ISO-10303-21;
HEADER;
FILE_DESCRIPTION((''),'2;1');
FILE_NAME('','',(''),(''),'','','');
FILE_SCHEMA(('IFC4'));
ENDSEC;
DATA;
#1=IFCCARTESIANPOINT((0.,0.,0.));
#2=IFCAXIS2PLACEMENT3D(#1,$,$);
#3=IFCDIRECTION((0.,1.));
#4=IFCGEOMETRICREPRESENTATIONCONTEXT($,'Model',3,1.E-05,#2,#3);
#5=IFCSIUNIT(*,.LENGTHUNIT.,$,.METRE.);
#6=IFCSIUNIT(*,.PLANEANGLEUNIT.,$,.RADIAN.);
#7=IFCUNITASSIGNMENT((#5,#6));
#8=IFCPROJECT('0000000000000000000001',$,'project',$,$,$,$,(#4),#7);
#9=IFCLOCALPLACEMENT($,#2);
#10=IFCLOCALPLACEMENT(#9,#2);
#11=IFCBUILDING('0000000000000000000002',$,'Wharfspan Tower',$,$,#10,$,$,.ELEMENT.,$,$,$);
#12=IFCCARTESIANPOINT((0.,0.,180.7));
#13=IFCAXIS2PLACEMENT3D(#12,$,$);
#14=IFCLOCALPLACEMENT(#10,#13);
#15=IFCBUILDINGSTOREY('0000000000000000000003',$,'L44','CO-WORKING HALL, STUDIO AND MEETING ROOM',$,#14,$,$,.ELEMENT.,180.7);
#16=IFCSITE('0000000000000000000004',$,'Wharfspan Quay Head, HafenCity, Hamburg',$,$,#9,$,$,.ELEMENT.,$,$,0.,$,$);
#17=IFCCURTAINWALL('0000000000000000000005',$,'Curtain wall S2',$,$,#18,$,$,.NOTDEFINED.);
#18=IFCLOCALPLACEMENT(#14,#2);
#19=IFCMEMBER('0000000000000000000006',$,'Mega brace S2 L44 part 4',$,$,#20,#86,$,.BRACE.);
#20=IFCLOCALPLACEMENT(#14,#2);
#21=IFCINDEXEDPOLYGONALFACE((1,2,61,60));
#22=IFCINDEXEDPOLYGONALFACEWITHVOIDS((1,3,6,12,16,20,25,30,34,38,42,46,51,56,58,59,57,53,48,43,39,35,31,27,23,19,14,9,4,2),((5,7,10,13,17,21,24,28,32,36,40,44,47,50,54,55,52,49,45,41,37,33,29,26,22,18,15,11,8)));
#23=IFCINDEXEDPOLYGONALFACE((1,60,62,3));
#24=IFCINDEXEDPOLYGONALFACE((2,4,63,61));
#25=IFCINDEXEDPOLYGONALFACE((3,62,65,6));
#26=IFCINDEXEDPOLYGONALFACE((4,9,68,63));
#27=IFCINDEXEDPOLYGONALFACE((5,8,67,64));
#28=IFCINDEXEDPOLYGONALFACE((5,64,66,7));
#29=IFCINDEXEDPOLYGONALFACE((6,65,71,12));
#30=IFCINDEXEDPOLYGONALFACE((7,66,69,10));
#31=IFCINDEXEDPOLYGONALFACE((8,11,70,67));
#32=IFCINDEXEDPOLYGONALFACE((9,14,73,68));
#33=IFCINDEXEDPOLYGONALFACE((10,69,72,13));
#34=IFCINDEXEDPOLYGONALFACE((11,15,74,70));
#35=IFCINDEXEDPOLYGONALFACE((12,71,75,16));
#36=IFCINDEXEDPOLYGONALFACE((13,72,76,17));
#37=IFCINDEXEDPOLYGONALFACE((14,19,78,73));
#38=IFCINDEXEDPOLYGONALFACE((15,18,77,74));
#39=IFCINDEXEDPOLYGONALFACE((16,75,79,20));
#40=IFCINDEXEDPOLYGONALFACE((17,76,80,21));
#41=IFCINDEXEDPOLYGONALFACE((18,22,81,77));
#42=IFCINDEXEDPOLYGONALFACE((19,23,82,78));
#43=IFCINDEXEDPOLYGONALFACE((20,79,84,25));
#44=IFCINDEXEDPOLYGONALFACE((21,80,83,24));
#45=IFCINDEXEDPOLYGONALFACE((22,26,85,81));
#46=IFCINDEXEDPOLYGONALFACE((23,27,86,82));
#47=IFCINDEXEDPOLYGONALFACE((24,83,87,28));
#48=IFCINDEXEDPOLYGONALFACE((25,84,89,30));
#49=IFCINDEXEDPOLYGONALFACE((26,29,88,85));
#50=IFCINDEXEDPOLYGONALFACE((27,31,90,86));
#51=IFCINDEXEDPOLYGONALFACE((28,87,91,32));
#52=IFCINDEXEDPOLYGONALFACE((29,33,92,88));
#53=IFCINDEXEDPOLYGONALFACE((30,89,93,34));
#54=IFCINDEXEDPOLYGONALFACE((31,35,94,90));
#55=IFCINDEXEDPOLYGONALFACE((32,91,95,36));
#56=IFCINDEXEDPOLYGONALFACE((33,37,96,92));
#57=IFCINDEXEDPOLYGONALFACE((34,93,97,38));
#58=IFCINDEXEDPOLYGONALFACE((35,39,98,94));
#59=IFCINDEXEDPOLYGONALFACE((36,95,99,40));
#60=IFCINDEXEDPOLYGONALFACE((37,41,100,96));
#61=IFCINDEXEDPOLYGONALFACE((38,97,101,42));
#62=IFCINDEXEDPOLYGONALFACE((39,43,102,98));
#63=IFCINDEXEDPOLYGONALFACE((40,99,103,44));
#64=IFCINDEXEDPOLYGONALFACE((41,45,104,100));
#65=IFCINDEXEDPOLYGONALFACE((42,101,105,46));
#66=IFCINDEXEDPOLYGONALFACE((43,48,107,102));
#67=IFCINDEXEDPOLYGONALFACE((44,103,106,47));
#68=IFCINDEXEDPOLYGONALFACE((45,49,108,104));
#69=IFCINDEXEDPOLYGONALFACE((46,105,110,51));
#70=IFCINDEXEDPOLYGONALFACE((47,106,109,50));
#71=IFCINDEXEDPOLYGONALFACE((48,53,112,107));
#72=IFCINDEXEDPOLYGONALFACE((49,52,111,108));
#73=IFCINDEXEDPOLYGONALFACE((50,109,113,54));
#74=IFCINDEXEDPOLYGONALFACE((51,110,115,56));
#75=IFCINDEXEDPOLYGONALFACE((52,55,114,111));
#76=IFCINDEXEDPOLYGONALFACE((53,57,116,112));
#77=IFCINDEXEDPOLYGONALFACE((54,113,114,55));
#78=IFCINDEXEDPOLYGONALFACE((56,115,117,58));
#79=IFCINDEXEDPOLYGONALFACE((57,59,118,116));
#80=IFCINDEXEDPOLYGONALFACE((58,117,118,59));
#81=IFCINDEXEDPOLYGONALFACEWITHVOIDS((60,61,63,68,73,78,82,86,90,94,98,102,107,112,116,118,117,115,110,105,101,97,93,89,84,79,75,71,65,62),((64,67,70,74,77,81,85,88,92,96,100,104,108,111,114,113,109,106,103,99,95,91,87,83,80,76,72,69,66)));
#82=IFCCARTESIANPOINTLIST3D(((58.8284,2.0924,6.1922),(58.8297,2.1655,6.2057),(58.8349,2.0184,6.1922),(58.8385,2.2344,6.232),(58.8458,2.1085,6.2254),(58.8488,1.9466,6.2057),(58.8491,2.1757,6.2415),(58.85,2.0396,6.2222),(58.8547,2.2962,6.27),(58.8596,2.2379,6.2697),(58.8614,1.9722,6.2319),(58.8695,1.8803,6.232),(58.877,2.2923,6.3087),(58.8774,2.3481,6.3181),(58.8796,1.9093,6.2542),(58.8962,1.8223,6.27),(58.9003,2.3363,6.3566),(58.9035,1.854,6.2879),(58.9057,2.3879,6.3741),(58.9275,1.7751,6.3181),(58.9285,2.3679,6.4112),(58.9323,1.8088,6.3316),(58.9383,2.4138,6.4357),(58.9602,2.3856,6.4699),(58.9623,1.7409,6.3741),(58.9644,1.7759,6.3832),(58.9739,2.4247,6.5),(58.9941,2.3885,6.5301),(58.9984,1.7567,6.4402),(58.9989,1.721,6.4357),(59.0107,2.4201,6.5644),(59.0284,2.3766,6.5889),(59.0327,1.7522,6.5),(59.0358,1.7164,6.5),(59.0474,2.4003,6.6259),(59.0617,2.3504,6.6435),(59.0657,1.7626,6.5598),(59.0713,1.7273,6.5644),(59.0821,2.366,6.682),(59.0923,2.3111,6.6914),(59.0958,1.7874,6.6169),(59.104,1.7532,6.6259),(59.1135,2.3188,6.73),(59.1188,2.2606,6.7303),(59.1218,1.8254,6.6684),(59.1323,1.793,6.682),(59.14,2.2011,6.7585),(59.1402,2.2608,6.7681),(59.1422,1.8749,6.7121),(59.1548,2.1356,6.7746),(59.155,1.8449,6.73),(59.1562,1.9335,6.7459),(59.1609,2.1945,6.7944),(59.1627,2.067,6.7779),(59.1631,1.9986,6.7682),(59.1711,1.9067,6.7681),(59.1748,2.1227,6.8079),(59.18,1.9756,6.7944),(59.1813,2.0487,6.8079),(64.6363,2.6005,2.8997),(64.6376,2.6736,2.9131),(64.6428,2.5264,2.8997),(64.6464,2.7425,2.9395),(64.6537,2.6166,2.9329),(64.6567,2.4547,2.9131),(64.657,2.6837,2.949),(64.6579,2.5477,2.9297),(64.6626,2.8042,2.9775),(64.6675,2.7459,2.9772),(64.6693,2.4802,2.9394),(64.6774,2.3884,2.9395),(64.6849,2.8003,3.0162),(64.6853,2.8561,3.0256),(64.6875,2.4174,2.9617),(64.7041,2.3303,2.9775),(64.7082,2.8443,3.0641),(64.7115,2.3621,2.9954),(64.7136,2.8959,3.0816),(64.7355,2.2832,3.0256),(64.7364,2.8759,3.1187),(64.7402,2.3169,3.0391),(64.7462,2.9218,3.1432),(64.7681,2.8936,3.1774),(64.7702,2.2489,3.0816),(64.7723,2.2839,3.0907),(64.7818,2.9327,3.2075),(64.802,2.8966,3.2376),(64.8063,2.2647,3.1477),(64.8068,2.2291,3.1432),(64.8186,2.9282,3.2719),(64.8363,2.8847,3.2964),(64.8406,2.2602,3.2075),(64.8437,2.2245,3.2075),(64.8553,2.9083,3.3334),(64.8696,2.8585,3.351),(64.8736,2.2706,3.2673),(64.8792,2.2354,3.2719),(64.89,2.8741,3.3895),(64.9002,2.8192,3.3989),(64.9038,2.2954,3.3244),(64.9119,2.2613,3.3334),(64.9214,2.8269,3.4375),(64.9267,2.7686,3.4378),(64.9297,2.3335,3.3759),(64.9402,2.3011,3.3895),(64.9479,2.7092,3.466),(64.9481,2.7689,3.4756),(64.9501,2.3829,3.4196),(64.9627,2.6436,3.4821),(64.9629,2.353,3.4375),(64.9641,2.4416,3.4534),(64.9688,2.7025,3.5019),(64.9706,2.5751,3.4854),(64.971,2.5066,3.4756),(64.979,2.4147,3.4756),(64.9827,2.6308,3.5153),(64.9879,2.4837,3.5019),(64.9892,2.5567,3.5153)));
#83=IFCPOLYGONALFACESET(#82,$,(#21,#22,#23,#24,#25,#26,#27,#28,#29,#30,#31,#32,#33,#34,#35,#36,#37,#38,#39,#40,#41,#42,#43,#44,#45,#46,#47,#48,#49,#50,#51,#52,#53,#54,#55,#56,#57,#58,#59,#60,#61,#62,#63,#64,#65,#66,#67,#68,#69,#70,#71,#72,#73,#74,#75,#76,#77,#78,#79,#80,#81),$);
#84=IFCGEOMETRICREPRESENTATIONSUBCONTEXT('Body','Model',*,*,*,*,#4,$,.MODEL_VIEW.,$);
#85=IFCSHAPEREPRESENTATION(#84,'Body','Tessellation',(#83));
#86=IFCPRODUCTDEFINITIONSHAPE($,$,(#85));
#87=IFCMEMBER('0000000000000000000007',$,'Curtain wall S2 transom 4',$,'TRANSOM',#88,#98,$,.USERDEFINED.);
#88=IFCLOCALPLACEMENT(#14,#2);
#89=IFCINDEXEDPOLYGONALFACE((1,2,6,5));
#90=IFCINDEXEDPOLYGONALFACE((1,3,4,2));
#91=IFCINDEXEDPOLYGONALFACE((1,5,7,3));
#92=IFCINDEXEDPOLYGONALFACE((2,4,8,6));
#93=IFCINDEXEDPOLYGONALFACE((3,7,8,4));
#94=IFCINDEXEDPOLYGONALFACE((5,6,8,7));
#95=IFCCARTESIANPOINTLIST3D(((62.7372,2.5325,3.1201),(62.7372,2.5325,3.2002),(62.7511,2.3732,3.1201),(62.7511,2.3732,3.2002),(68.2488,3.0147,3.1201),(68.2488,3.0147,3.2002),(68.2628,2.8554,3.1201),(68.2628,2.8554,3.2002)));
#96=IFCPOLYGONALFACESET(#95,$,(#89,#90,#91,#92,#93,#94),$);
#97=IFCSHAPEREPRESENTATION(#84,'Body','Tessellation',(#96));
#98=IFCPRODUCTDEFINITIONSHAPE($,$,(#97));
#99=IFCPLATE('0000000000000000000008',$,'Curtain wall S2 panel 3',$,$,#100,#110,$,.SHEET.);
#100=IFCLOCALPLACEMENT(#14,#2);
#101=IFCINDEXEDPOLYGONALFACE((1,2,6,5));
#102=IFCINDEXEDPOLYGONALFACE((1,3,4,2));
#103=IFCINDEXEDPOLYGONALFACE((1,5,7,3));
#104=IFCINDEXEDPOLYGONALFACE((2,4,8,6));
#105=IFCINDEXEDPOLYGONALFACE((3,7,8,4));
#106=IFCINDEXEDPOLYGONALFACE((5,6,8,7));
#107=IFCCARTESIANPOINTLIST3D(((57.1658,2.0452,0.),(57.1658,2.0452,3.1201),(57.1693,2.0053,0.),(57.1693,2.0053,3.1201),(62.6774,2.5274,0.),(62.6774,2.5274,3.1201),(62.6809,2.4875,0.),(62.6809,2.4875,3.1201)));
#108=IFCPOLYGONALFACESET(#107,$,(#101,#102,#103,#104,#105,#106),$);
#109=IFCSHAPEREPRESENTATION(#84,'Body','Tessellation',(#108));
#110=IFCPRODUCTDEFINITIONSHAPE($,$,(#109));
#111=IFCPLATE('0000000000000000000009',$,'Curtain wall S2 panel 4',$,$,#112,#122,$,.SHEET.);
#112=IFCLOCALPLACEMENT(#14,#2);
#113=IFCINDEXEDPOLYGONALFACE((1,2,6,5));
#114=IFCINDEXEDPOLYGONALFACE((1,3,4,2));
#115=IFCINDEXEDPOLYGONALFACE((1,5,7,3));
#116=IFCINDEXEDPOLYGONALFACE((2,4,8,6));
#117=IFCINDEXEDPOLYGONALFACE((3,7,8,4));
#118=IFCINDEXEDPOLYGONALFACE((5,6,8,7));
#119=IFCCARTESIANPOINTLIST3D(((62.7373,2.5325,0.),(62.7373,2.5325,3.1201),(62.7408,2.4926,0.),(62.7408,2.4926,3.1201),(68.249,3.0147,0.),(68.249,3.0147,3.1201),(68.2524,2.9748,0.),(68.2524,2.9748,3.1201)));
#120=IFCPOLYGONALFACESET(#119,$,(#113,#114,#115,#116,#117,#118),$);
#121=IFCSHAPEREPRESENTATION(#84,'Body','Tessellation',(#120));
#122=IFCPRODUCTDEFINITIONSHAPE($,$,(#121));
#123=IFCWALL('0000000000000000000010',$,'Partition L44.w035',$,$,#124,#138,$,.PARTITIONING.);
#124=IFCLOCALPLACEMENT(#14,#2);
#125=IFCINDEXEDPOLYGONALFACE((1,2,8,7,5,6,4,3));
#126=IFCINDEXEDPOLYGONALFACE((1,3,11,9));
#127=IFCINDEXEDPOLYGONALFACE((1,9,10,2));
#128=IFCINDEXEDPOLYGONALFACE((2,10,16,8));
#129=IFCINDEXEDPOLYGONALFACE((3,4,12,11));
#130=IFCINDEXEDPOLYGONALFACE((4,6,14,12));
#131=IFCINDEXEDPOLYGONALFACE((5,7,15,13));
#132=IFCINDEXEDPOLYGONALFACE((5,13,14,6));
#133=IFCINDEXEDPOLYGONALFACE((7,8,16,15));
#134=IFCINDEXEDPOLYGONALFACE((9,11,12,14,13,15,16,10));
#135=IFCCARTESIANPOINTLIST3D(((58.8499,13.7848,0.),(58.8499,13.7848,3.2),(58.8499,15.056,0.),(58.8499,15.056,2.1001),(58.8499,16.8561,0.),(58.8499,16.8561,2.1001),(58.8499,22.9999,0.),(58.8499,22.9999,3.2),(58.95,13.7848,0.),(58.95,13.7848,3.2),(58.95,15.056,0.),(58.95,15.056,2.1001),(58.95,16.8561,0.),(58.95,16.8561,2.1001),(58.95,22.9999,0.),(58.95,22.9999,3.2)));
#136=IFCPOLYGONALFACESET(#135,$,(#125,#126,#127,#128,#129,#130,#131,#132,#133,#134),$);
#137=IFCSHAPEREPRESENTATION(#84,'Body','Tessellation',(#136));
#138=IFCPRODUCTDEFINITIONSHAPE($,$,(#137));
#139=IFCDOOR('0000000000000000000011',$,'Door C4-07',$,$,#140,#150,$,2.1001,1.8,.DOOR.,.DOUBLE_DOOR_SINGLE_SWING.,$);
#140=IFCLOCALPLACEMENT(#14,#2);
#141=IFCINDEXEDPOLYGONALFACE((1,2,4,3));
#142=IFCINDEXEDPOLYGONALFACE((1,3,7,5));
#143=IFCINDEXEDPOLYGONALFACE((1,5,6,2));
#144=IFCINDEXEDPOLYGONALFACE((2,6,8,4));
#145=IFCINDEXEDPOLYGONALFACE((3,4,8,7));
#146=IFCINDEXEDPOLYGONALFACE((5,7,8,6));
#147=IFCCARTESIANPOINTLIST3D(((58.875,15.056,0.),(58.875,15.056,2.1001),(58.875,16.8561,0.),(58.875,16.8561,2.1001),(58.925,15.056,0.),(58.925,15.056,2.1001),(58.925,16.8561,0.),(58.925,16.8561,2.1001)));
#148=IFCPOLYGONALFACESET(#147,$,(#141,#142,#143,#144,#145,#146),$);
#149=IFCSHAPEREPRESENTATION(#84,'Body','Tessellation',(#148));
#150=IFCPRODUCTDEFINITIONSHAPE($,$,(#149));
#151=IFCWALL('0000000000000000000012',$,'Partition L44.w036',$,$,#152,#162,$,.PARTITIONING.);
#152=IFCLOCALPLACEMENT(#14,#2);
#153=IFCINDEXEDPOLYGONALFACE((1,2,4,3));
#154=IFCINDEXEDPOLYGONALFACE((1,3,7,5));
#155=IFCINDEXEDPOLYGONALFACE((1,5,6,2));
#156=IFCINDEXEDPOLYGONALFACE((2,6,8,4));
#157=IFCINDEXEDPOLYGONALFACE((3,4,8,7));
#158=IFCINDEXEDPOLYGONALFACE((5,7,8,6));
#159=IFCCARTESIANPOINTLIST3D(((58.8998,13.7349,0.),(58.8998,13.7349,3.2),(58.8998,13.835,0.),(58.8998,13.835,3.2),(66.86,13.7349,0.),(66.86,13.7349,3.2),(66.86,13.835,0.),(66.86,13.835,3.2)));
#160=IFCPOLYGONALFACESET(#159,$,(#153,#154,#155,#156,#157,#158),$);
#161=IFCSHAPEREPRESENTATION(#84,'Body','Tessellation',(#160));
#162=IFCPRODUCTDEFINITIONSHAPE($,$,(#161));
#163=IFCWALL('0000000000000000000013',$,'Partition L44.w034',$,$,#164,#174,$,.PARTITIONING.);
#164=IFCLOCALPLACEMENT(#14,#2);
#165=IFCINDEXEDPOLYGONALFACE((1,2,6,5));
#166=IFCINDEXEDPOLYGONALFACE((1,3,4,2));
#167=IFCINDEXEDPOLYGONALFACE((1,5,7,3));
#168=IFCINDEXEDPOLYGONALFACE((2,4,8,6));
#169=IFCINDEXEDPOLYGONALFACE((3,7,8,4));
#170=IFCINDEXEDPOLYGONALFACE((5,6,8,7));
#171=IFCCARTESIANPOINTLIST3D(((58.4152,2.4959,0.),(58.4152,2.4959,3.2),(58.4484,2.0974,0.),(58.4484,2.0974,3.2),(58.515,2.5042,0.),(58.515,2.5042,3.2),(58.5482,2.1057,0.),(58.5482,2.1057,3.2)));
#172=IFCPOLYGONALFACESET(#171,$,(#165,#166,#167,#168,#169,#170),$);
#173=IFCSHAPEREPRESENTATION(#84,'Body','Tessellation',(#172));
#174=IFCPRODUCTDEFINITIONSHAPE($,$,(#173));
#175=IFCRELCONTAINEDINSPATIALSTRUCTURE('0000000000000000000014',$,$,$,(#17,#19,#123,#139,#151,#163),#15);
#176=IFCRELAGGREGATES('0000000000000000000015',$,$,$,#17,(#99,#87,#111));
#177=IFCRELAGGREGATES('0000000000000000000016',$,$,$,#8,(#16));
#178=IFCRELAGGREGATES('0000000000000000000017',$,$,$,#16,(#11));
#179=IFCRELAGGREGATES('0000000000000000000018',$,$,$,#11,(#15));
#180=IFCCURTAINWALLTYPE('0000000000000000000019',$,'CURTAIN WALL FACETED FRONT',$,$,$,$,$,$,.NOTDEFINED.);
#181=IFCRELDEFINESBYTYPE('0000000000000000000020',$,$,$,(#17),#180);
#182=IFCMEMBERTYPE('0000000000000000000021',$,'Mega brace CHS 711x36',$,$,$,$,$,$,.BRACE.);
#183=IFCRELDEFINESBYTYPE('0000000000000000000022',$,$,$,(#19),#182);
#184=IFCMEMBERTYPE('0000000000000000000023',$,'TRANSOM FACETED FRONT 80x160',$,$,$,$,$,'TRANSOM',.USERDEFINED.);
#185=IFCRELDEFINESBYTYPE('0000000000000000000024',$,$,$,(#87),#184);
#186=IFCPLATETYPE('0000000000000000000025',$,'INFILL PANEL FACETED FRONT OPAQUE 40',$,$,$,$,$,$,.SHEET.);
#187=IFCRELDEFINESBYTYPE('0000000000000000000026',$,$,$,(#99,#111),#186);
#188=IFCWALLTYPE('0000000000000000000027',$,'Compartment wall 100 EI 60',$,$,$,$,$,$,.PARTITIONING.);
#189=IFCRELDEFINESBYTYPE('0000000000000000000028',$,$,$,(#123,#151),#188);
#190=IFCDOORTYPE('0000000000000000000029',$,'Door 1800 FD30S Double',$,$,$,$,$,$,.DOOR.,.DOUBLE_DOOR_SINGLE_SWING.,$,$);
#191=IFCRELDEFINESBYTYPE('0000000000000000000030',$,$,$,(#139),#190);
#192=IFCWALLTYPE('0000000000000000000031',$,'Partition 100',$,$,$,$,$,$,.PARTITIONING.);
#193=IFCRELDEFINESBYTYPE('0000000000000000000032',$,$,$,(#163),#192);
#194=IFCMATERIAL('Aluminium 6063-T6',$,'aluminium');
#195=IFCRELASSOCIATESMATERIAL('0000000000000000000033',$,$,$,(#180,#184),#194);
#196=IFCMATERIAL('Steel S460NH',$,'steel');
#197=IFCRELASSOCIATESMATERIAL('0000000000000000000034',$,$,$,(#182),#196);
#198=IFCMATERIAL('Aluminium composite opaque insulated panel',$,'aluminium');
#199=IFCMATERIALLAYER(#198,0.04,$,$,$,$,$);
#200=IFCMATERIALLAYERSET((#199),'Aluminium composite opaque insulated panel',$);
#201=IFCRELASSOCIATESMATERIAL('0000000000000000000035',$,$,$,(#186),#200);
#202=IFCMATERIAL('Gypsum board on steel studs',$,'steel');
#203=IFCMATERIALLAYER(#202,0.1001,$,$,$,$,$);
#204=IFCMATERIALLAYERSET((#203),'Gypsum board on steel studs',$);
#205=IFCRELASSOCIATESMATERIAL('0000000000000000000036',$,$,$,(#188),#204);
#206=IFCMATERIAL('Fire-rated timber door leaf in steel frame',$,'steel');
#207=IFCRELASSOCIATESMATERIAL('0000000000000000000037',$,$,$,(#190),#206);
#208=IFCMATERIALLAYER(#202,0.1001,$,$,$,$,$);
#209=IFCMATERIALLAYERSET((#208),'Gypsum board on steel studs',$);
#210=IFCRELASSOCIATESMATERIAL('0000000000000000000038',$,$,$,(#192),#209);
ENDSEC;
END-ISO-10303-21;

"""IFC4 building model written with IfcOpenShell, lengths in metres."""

from ifc_helpers import new_model, si_unit, direction, frame, frame_2d, origin, origin_2d, place, context, subcontext, project, spatial, rectangle, hollow_circle, extrude, material, layer, layer_set, material_profile, profile_set, type_object, element, fill, aggregate, save


model = new_model("IFC4")

# Units and contexts
model_context = context("Model", 3, precision=1e-05, world=origin(), true_north=direction((0.0, 1.0)))
body_context = subcontext(model_context, "Body", "Model", "MODEL_VIEW")
ifc_project = project(units=[si_unit("LENGTHUNIT", "METRE"), si_unit("PLANEANGLEUNIT", "RADIAN")], contexts=[model_context])

# Site, building, storey
site_placement = place(None, origin())
site = spatial("IfcSite", under=ifc_project, at=site_placement, Name="Wharfspan Quay Head, HafenCity, Hamburg", CompositionType="ELEMENT", RefElevation=0.0)
building_placement = place(site_placement, origin())
building = spatial("IfcBuilding", under=site, at=building_placement, Name="Wharfspan Tower", CompositionType="ELEMENT")
storey_placement = place(building_placement, frame((0.0, 0.0, 180.7)))
storey = spatial("IfcBuildingStorey", under=building, at=storey_placement, Name="L44", Description="CO-WORKING HALL, STUDIO AND MEETING ROOM", CompositionType="ELEMENT", Elevation=180.7)

# Curtain wall
ifc_material_1 = material(Name="Aluminium 6063-T6", Category="aluminium")
curtain_wall_type = type_object("IfcCurtainWallType", Name="CURTAIN WALL FACETED FRONT", PredefinedType="NOTDEFINED", material=ifc_material_1)
curtain_wall_placement = place(storey_placement, origin())
curtain_wall = element("IfcCurtainWall", 1, at=curtain_wall_placement, inside=storey, type_object=curtain_wall_type, Name="Curtain wall S2", PredefinedType="NOTDEFINED")

# Members
ifc_material_2 = material(Name="Steel S460NH", Category="steel")
ifc_material_profile_1 = material_profile(ifc_material_2, hollow_circle(Radius=0.3555, WallThickness=0.0359, at=origin_2d()))
ifc_profile_set_1 = profile_set([ifc_material_profile_1], Name="Steel S460NH")
member_type_1 = type_object("IfcMemberType", Name="Mega brace CHS 711x36", PredefinedType="BRACE", material=ifc_profile_set_1)
member_1_placement = place(storey_placement, frame((64.8127, 2.5786, 3.2075), z_axis=(-0.867427, -0.07588, 0.491745), x_axis=(0.087145, -0.996197, 0.000001)))
element("IfcMember", 2, at=member_1_placement, inside=storey, type_object=member_type_1, Name="Mega brace S2 L44 part 4", PredefinedType="BRACE", context=body_context, shape_type="SweptSolid", body=[
    extrude(hollow_circle(Radius=0.3555, WallThickness=0.0359, at=origin_2d()), origin(), (0.0, 0.0, 1.0), 6.6956),
])
ifc_material_profile_2 = material_profile(ifc_material_1, rectangle(XDim=0.1599, YDim=0.0801, at=origin_2d()))
ifc_profile_set_2 = profile_set([ifc_material_profile_2], Name="Aluminium 6063-T6")
member_type_2 = type_object("IfcMemberType", Name="TRANSOM FACETED FRONT 80x160", ElementType="TRANSOM", PredefinedType="USERDEFINED", material=ifc_profile_set_2)
member_2_placement = place(storey_placement, frame((62.7441, 2.4529, 3.1602), z_axis=(0.996195, 0.087149, 0.0), x_axis=(-0.087149, 0.996195, 0.0)))
member_2 = element("IfcMember", 3, at=member_2_placement, type_object=member_type_2, Name="Curtain wall S2 transom 4", ObjectType="TRANSOM", PredefinedType="USERDEFINED", context=body_context, shape_type="SweptSolid", body=[
    extrude(rectangle(XDim=0.1599, YDim=0.0801, at=origin_2d()), origin(), (0.0, 0.0, 1.0), 5.5327),
])

# Plates
ifc_material_3 = material(Name="Aluminium composite opaque insulated panel", Category="aluminium")
ifc_layer_1 = layer(ifc_material_3, 0.04)
ifc_layer_set_1 = layer_set([ifc_layer_1], Name="Aluminium composite opaque insulated panel")
plate_type = type_object("IfcPlateType", Name="INFILL PANEL FACETED FRONT OPAQUE 40", PredefinedType="SHEET", material=ifc_layer_set_1)
plate_1_placement = place(storey_placement, frame((59.9233, 2.2664, 0.0), z_axis=(0.0, 0.0, 1.0), x_axis=(0.996198, 0.087156, 0.0)))
plate_1 = element("IfcPlate", 4, at=plate_1_placement, type_object=plate_type, Name="Curtain wall S2 panel 3", PredefinedType="SHEET", context=body_context, shape_type="SweptSolid", body=[
    extrude(rectangle(XDim=5.5327, YDim=0.04, at=origin_2d()), origin(), (0.0, 0.0, 1.0), 3.1201),
])
plate_2_placement = place(storey_placement, frame((65.4949, 2.7537, 0.0), z_axis=(0.0, 0.0, 1.0), x_axis=(0.996198, 0.087156, 0.0)))
plate_2 = element("IfcPlate", 5, at=plate_2_placement, type_object=plate_type, Name="Curtain wall S2 panel 4", PredefinedType="SHEET", context=body_context, shape_type="SweptSolid", body=[
    extrude(rectangle(XDim=5.5327, YDim=0.04, at=origin_2d()), origin(), (0.0, 0.0, 1.0), 3.1201),
])
aggregate(curtain_wall, [plate_1, member_2, plate_2])

# Wall, opening, door
ifc_material_4 = material(Name="Gypsum board on steel studs", Category="steel")
ifc_layer_2 = layer(ifc_material_4, 0.1001)
ifc_layer_set_2 = layer_set([ifc_layer_2], Name="Gypsum board on steel studs")
wall_type_1 = type_object("IfcWallType", Name="Compartment wall 100 EI 60", PredefinedType="PARTITIONING", material=ifc_layer_set_2)
wall_1_placement = place(storey_placement, frame((58.8999, 13.7849, 0.0), z_axis=(0.0, 0.0, 1.0), x_axis=(0.0, 1.0, 0.0)))
wall_1 = element("IfcWall", 6, at=wall_1_placement, inside=storey, type_object=wall_type_1, Name="Partition L44.w035", PredefinedType="PARTITIONING", context=body_context, shape_type="SweptSolid", body=[
    extrude(rectangle(XDim=9.2151, YDim=0.1001, at=frame_2d((4.6074, 0.0))), origin(), (0.0, 0.0, 1.0), 3.2),
])
opening_1_placement = place(wall_1_placement, frame((1.2712, 0.0, 0.0)))
opening_1 = element("IfcOpeningElement", 7, at=opening_1_placement, cuts=wall_1, PredefinedType="OPENING", context=body_context, shape_type="SweptSolid", body=[
    extrude(rectangle(XDim=1.8, YDim=2.1001, at=frame_2d((0.8999, 1.05))), frame((0.0, 0.0601, 0.0), z_axis=(0.0, -1.0, 0.0), x_axis=(1.0, 0.0, 0.0)), (0.0, 0.0, 1.0), 0.1201),
])
ifc_material_5 = material(Name="Fire-rated timber door leaf in steel frame", Category="steel")
door_type_1 = type_object("IfcDoorType", Name="Door 1800 FD30S Double", OperationType="DOUBLE_DOOR_SINGLE_SWING", PredefinedType="DOOR", material=ifc_material_5)
door_1_placement = place(opening_1_placement, origin())
door_1 = element("IfcDoor", 8, at=door_1_placement, inside=storey, type_object=door_type_1, Name="Door C4-07", OperationType="DOUBLE_DOOR_SINGLE_SWING", OverallHeight=2.1001, OverallWidth=1.8, PredefinedType="DOOR", context=body_context, shape_type="SweptSolid", body=[
    extrude(rectangle(XDim=1.8, YDim=2.1001, at=frame_2d((0.8999, 1.05))), frame((0.0, 0.0249, 0.0), z_axis=(0.0, -1.0, 0.0), x_axis=(1.0, 0.0, 0.0)), (0.0, 0.0, 1.0), 0.05),
])
fill(opening_1, door_1)

# Walls
wall_2_placement = place(storey_placement, frame((58.8999, 13.7849, 0.0), z_axis=(0.0, 0.0, 1.0), x_axis=(1.0, 0.0, 0.0)))
element("IfcWall", 9, at=wall_2_placement, inside=storey, type_object=wall_type_1, Name="Partition L44.w036", PredefinedType="PARTITIONING", context=body_context, shape_type="SweptSolid", body=[
    extrude(rectangle(XDim=7.9602, YDim=0.1001, at=frame_2d((3.98, 0.0))), origin(), (0.0, 0.0, 1.0), 3.2),
])
ifc_layer_3 = layer(ifc_material_4, 0.1001)
ifc_layer_set_3 = layer_set([ifc_layer_3], Name="Gypsum board on steel studs")
wall_type_2 = type_object("IfcWallType", Name="Partition 100", PredefinedType="PARTITIONING", material=ifc_layer_set_3)
wall_3_placement = place(storey_placement, frame((58.4983, 2.1016, 0.0), z_axis=(0.0, 0.0, 1.0), x_axis=(-0.083045, 0.996542, 0.0)))
element("IfcWall", 10, at=wall_3_placement, inside=storey, type_object=wall_type_2, Name="Partition L44.w034", PredefinedType="PARTITIONING", context=body_context, shape_type="SweptSolid", body=[
    extrude(rectangle(XDim=0.3999, YDim=0.1001, at=frame_2d((0.2, 0.0))), origin(), (0.0, 0.0, 1.0), 3.2),
])

save(model, "model.ifc")
